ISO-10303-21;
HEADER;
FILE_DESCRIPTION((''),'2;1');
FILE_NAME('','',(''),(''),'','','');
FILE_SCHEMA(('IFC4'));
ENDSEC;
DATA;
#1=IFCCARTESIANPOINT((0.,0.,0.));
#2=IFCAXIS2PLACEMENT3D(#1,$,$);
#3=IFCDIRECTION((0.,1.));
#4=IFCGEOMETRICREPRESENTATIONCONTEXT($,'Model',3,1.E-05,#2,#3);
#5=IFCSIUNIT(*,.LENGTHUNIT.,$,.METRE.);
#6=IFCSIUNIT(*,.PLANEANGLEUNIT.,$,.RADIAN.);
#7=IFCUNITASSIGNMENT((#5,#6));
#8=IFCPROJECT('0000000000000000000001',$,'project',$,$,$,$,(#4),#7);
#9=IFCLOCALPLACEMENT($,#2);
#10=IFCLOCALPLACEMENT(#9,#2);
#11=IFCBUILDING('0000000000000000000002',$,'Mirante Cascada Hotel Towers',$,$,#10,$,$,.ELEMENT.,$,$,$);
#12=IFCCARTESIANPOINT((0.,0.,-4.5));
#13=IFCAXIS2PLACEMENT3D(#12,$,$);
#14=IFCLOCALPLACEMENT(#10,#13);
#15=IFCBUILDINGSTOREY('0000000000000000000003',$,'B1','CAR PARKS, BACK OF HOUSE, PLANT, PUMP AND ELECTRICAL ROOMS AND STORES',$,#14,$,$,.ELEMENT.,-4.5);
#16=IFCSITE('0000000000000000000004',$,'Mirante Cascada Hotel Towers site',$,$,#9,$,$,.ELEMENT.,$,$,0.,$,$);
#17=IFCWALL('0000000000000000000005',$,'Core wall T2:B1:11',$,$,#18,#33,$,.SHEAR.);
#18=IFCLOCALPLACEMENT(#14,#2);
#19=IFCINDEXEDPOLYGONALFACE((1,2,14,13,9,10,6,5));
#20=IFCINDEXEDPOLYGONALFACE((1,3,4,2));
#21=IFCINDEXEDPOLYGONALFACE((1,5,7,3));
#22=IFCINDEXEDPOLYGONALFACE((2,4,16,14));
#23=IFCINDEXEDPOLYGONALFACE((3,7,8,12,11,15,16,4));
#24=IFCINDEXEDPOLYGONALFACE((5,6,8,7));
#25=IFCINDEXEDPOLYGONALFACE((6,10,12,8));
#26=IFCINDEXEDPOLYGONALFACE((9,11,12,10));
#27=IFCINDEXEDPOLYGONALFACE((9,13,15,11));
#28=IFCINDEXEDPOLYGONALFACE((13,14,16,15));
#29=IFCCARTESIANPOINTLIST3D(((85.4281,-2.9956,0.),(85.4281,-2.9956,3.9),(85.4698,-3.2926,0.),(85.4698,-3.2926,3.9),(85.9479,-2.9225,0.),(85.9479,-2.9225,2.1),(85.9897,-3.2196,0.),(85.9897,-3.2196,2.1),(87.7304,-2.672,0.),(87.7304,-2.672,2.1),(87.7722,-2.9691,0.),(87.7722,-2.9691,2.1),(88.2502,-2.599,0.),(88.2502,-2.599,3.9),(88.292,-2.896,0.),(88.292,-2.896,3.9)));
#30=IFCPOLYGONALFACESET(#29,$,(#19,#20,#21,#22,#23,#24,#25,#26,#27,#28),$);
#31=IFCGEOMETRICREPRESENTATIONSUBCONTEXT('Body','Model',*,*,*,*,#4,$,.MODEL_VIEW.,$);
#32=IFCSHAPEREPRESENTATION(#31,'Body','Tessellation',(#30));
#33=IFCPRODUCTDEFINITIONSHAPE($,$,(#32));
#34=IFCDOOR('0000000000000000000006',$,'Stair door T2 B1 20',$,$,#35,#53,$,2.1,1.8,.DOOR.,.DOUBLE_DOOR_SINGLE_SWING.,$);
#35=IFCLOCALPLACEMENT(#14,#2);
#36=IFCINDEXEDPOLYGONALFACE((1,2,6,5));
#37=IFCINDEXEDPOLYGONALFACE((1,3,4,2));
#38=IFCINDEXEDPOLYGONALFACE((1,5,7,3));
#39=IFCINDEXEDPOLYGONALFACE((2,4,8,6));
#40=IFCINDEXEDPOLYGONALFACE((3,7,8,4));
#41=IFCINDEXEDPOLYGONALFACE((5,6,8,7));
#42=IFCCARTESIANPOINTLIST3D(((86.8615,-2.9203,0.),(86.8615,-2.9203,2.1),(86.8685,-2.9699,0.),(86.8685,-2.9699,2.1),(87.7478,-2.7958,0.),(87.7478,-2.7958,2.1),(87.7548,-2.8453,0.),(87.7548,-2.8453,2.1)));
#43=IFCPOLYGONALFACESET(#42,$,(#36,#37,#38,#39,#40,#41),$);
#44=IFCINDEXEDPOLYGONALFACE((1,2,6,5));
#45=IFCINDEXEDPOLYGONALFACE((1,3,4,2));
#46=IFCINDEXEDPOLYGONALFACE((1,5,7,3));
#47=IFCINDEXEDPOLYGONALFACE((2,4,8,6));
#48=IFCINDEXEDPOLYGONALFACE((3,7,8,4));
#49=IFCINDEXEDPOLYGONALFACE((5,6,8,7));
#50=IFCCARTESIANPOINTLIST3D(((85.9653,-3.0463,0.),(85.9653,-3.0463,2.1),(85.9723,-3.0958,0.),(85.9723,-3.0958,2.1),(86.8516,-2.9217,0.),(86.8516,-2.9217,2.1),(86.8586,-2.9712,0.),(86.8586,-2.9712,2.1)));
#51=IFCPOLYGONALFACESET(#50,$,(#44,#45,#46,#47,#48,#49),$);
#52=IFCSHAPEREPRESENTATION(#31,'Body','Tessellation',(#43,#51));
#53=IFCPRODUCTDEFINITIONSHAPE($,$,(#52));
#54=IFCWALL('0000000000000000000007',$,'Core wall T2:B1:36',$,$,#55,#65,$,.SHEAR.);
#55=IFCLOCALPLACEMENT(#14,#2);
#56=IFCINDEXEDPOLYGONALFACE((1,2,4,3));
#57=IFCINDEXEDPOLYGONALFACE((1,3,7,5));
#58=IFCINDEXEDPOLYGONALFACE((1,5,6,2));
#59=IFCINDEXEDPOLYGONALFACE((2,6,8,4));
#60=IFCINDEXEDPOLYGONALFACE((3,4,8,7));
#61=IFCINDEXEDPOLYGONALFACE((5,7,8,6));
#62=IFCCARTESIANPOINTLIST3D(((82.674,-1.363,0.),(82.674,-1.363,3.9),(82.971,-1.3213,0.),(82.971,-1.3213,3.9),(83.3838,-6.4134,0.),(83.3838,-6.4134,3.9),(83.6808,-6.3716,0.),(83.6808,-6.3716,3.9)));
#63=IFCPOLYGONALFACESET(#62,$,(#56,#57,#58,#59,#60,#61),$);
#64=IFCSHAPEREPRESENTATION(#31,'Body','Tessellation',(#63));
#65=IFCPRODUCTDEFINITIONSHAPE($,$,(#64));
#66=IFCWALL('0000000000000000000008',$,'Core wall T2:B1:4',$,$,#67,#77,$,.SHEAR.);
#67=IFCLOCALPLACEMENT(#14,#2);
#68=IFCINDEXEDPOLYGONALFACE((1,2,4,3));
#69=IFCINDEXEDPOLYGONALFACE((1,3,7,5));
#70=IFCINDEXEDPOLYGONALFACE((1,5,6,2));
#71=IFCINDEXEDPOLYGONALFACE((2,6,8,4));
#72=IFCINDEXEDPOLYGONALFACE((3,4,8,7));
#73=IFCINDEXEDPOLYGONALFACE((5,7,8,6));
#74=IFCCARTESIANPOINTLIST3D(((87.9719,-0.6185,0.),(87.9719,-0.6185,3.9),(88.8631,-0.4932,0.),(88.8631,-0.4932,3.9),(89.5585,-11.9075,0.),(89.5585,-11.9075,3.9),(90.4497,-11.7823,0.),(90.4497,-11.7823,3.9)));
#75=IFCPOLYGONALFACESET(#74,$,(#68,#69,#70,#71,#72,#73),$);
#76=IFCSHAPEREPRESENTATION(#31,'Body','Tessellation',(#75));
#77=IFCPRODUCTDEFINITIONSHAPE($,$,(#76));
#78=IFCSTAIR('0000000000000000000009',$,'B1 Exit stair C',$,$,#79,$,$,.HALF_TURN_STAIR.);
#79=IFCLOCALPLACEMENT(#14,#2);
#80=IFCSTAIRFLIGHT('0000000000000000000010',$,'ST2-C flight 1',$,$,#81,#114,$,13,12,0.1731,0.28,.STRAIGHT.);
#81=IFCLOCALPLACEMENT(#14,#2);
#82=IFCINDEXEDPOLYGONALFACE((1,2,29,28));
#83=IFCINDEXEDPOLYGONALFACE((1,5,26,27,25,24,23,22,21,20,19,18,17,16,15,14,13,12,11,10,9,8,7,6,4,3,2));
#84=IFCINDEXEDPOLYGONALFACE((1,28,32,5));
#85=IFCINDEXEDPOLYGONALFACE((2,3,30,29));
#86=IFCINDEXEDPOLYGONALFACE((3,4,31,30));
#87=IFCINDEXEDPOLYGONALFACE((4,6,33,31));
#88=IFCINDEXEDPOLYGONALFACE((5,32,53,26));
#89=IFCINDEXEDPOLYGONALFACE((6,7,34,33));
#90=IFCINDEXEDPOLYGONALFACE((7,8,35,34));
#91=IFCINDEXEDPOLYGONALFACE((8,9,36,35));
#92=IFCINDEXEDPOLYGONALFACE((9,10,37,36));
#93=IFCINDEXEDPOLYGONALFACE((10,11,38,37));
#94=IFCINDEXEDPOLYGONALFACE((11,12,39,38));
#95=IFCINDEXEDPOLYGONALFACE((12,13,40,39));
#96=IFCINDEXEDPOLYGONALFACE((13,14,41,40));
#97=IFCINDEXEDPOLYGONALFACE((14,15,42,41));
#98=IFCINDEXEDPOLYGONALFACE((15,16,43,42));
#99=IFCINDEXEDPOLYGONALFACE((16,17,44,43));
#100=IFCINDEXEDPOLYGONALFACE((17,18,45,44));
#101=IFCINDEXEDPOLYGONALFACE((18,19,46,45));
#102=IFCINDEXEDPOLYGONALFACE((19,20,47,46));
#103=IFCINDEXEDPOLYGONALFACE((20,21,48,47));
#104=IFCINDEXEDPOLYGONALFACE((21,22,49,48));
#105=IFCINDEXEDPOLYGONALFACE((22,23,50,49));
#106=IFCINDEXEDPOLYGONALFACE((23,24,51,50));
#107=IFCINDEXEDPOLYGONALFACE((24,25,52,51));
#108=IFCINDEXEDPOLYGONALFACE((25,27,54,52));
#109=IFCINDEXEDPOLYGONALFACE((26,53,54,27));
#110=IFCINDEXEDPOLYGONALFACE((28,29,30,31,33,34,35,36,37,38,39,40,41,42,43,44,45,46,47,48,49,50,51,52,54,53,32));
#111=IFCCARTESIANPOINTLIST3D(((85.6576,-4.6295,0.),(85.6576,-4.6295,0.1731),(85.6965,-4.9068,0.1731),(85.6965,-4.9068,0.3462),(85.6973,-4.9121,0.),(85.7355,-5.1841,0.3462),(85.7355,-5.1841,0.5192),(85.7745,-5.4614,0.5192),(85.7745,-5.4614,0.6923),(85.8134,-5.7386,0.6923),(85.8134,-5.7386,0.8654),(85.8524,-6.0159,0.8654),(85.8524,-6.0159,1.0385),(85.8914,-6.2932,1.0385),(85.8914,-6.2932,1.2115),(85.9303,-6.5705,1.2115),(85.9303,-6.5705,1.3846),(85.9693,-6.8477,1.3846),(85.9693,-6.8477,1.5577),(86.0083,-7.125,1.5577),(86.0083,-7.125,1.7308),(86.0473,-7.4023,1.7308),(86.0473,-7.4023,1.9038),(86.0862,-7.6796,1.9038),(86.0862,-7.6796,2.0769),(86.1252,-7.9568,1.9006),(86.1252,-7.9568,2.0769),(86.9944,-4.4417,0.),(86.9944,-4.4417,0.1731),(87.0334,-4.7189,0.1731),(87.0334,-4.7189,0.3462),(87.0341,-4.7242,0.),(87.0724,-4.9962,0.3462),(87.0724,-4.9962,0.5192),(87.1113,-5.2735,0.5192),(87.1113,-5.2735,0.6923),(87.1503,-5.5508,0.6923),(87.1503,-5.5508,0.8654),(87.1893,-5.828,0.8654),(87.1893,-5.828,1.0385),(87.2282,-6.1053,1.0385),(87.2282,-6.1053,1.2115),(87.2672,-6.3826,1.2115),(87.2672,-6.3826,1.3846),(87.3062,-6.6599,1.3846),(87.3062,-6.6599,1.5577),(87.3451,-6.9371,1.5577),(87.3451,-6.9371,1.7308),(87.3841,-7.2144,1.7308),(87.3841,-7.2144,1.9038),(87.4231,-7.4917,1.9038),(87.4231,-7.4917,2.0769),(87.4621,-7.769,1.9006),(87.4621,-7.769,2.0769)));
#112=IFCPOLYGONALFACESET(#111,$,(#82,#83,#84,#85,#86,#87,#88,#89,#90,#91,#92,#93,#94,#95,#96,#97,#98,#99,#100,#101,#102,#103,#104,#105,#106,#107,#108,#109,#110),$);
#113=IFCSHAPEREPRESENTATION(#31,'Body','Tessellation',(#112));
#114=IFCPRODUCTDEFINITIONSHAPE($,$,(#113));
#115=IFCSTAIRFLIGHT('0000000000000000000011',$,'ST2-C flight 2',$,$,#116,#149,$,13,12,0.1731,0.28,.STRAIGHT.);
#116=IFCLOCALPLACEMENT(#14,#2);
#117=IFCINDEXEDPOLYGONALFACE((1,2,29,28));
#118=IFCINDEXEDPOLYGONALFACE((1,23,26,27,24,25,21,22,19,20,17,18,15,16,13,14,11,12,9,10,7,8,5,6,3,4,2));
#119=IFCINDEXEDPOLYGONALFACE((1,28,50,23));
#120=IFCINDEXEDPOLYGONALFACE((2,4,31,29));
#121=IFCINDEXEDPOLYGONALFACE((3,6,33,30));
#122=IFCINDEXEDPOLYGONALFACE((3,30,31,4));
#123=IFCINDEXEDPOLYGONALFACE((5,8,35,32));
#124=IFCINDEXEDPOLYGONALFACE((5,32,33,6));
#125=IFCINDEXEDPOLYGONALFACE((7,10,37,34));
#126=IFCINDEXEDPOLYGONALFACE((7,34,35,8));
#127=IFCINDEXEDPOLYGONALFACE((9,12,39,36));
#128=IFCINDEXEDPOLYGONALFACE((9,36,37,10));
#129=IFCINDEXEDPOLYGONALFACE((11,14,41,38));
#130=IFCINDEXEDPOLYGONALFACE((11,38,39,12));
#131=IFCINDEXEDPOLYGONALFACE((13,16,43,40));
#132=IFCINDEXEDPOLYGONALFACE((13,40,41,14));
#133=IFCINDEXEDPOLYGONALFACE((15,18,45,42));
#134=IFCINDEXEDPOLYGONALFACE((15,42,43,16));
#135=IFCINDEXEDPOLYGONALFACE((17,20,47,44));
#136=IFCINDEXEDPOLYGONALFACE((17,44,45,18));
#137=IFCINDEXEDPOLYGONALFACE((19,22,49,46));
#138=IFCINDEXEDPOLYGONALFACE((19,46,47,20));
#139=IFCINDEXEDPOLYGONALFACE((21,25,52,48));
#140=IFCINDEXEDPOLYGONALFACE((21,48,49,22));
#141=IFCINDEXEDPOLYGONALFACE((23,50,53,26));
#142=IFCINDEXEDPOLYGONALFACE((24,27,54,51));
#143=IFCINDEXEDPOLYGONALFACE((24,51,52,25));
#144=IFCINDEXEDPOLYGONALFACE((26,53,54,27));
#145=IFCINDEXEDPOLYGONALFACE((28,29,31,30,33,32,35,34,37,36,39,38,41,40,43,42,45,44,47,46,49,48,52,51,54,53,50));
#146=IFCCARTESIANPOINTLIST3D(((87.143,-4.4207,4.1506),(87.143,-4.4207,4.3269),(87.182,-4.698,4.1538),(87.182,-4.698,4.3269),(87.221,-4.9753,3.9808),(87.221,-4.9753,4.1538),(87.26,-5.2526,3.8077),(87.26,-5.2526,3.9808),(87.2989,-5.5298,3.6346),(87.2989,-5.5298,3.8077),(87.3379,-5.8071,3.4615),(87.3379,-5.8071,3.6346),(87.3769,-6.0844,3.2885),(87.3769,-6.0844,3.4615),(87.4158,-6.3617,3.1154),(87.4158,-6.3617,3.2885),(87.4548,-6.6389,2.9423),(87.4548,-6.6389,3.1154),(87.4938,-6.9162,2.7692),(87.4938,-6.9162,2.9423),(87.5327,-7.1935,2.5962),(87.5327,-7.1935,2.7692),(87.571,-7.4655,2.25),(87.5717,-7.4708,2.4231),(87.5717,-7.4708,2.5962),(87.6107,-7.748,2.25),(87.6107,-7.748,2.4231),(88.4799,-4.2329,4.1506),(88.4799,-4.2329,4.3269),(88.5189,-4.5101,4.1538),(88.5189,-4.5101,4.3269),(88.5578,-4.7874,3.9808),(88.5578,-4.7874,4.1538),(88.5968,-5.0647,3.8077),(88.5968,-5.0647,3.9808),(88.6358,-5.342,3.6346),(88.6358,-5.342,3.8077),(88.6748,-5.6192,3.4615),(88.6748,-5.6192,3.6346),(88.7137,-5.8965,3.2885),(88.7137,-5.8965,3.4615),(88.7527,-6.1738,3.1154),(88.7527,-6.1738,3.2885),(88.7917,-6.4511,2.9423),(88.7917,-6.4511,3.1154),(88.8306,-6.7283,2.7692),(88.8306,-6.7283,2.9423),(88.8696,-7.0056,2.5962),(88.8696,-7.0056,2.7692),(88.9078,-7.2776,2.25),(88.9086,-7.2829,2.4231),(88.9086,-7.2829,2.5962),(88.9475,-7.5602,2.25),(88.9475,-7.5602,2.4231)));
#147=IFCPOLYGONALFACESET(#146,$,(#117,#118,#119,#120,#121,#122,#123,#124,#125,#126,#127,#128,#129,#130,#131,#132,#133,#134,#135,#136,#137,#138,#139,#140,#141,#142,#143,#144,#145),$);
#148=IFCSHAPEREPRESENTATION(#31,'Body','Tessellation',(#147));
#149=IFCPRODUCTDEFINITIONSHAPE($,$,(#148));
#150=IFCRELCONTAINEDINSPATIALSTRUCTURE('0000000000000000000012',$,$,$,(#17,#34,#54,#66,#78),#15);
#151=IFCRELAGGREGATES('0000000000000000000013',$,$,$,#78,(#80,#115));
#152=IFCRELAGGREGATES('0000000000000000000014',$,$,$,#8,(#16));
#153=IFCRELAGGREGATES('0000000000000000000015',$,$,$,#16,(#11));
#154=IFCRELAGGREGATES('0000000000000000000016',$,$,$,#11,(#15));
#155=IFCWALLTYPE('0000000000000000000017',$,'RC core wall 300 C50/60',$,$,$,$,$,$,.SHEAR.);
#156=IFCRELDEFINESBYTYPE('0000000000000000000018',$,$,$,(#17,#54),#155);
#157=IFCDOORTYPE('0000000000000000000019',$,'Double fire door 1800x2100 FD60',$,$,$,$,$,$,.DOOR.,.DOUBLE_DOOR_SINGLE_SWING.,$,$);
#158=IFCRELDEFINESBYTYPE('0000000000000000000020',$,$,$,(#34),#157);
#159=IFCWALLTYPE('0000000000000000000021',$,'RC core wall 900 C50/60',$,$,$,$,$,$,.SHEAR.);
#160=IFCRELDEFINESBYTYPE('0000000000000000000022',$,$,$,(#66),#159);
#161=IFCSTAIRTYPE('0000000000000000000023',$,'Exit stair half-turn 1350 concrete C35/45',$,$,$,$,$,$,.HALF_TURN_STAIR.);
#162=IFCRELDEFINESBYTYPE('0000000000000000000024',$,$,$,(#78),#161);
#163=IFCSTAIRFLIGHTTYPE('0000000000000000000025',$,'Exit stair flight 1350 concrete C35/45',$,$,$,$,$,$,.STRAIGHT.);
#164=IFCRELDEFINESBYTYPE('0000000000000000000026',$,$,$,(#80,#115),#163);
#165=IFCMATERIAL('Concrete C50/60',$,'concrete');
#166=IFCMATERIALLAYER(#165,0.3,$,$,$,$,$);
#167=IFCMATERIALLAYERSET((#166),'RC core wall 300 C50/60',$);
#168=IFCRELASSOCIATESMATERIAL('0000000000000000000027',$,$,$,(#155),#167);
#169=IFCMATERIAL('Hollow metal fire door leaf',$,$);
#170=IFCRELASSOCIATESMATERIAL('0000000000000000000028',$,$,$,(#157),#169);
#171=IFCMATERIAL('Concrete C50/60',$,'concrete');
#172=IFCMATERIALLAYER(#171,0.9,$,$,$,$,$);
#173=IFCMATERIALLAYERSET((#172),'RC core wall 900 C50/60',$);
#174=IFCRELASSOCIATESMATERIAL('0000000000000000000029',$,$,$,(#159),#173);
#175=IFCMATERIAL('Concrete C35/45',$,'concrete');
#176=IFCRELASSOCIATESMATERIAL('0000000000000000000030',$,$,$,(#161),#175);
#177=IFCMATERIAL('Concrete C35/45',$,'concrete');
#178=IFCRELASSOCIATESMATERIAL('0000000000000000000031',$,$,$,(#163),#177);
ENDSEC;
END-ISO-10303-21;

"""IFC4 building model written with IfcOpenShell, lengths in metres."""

from ifc_helpers import new_model, si_unit, direction, frame, frame_2d, origin, place, context, subcontext, project, spatial, polyline, rectangle, outline, extrude, material, layer, layer_set, type_object, element, fill, aggregate, save


model = new_model("IFC4")

# Units and contexts
model_context = context("Model", 3, precision=1e-05, world=origin(), true_north=direction((0.0, 1.0)))
body_context = subcontext(model_context, "Body", "Model", "MODEL_VIEW")
ifc_project = project(units=[si_unit("LENGTHUNIT", "METRE"), si_unit("PLANEANGLEUNIT", "RADIAN")], contexts=[model_context])

# Site, building, storey
site_placement = place(None, origin())
site = spatial("IfcSite", under=ifc_project, at=site_placement, Name="Mirante Cascada Hotel Towers site", CompositionType="ELEMENT", RefElevation=0.0)
building_placement = place(site_placement, origin())
building = spatial("IfcBuilding", under=site, at=building_placement, Name="Mirante Cascada Hotel Towers", CompositionType="ELEMENT")
storey_placement = place(building_placement, frame((0.0, 0.0, -4.5)))
storey = spatial("IfcBuildingStorey", under=building, at=storey_placement, Name="B1", Description="CAR PARKS, BACK OF HOUSE, PLANT, PUMP AND ELECTRICAL ROOMS AND STORES", CompositionType="ELEMENT", Elevation=-4.5)

# Wall, opening, door
ifc_material_1 = material(Name="Concrete C50/60", Category="concrete")
ifc_layer_1 = layer(ifc_material_1, 0.3)
ifc_layer_set_1 = layer_set([ifc_layer_1], Name="RC core wall 300 C50/60")
wall_type_1 = type_object("IfcWallType", Name="RC core wall 300 C50/60", PredefinedType="SHEAR", material=ifc_layer_set_1)
wall_1_placement = place(storey_placement, frame((85.4489, -3.1441, 0.0), z_axis=(0.0, 0.0, 1.0), x_axis=(0.99027, 0.139161, 0.0)))
wall_1 = element("IfcWall", 1, at=wall_1_placement, inside=storey, type_object=wall_type_1, Name="Core wall T2:B1:11", PredefinedType="SHEAR", context=body_context, shape_type="SweptSolid", body=[
    extrude(rectangle(XDim=2.8499, YDim=0.3, at=frame_2d((1.425, 0.0))), origin(), (0.0, 0.0, 1.0), 3.9),
])
opening_placement = place(wall_1_placement, frame((0.525, 0.0, 0.0)))
opening = element("IfcOpeningElement", 2, at=opening_placement, cuts=wall_1, PredefinedType="OPENING", context=body_context, shape_type="SweptSolid", body=[
    extrude(rectangle(XDim=1.8, YDim=2.1, at=frame_2d((0.9, 1.05))), frame((0.0, 0.15, 0.0), z_axis=(0.0, -1.0, 0.0), x_axis=(1.0, 0.0, 0.0)), (0.0, 0.0, 1.0), 0.3),
])
ifc_material_2 = material(Name="Hollow metal fire door leaf")
door_type = type_object("IfcDoorType", Name="Double fire door 1800x2100 FD60", OperationType="DOUBLE_DOOR_SINGLE_SWING", PredefinedType="DOOR", material=ifc_material_2)
door_placement = place(opening_placement, frame((1.8, 0.0, 0.0), z_axis=(0.0, 0.0, 1.0), x_axis=(-1.0, 0.0, 0.0)))
door = element("IfcDoor", 3, at=door_placement, inside=storey, type_object=door_type, Name="Stair door T2 B1 20", OperationType="DOUBLE_DOOR_SINGLE_SWING", OverallHeight=2.1, OverallWidth=1.8, PredefinedType="DOOR", context=body_context, shape_type="SweptSolid", body=[
    extrude(rectangle(XDim=0.895, YDim=2.1, at=frame_2d((0.4475, 1.05))), frame((0.0, 0.025, 0.0), z_axis=(0.0, -1.0, 0.0), x_axis=(1.0, 0.0, 0.0)), (0.0, 0.0, 1.0), 0.05),
    extrude(rectangle(XDim=0.895, YDim=2.1, at=frame_2d((1.3525, 1.05))), frame((0.0, 0.025, 0.0), z_axis=(0.0, -1.0, 0.0), x_axis=(1.0, 0.0, 0.0)), (0.0, 0.0, 1.0), 0.05),
])
fill(opening, door)

# Walls
wall_2_placement = place(storey_placement, frame((83.5323, -6.3925, 0.0), z_axis=(0.0, 0.0, 1.0), x_axis=(-0.139176, 0.990268, 0.0)))
element("IfcWall", 4, at=wall_2_placement, inside=storey, type_object=wall_type_1, Name="Core wall T2:B1:36", PredefinedType="SHEAR", context=body_context, shape_type="SweptSolid", body=[
    extrude(rectangle(XDim=5.1, YDim=0.3, at=frame_2d((2.55, 0.0))), origin(), (0.0, 0.0, 1.0), 3.9),
])
ifc_material_3 = material(Name="Concrete C50/60", Category="concrete")
ifc_layer_2 = layer(ifc_material_3, 0.9)
ifc_layer_set_2 = layer_set([ifc_layer_2], Name="RC core wall 900 C50/60")
wall_type_2 = type_object("IfcWallType", Name="RC core wall 900 C50/60", PredefinedType="SHEAR", material=ifc_layer_set_2)
wall_3_placement = place(storey_placement, frame((90.0041, -11.8449, 0.0), z_axis=(0.0, 0.0, 1.0), x_axis=(-0.139175, 0.990268, 0.0)))
element("IfcWall", 5, at=wall_3_placement, inside=storey, type_object=wall_type_2, Name="Core wall T2:B1:4", PredefinedType="SHEAR", context=body_context, shape_type="SweptSolid", body=[
    extrude(rectangle(XDim=11.4, YDim=0.9, at=frame_2d((5.7, 0.0))), origin(), (0.0, 0.0, 1.0), 3.9),
])

# Stair, stair flights
ifc_material_4 = material(Name="Concrete C35/45", Category="concrete")
stair_type = type_object("IfcStairType", Name="Exit stair half-turn 1350 concrete C35/45", PredefinedType="HALF_TURN_STAIR", material=ifc_material_4)
stair_placement = place(storey_placement, origin())
stair = element("IfcStair", 6, at=stair_placement, inside=storey, type_object=stair_type, Name="B1 Exit stair C", PredefinedType="HALF_TURN_STAIR")
ifc_material_5 = material(Name="Concrete C35/45", Category="concrete")
stair_flight_type = type_object("IfcStairFlightType", Name="Exit stair flight 1350 concrete C35/45", PredefinedType="STRAIGHT", material=ifc_material_5)
stair_flight_1_placement = place(storey_placement, frame((86.326, -4.5356, 0.0), z_axis=(0.0, 0.0, 1.0), x_axis=(0.139173, -0.990268, 0.0)))
stair_flight_1 = element("IfcStairFlight", 7, at=stair_flight_1_placement, type_object=stair_flight_type, Name="ST2-C flight 1", NumberOfRisers=13, NumberOfTreads=12, PredefinedType="STRAIGHT", RiserHeight=0.1731, TreadLength=0.28, context=body_context, shape_type="SweptSolid", body=[
    extrude(outline(polyline([(0.0, 0.0), (0.0, 0.1731), (0.28, 0.1731), (0.28, 0.3462), (0.56, 0.3462), (0.56, 0.5192), (0.84, 0.5192), (0.84, 0.6923), (1.12, 0.6923), (1.12, 0.8654), (1.4, 0.8654), (1.4, 1.0385), (1.68, 1.0385), (1.68, 1.2115), (1.96, 1.2115), (1.96, 1.3846), (2.24, 1.3846), (2.24, 1.5577), (2.52, 1.5577), (2.52, 1.7308), (2.8, 1.7308), (2.8, 1.9038), (3.08, 1.9038), (3.08, 2.0769), (3.36, 2.0769), (3.36, 2.25), (3.36, 1.9006), (0.2853, 0.0), (0.0, 0.0)])), frame((0.0, 0.675, 0.0), z_axis=(0.0, -1.0, 0.0), x_axis=(1.0, 0.0, 0.0)), (0.0, 0.0, 1.0), 1.35),
])
stair_flight_2_placement = place(storey_placement, frame((88.2791, -7.6541, 2.25), z_axis=(0.0, 0.0, 1.0), x_axis=(-0.139173, 0.990268, 0.0)))
stair_flight_2 = element("IfcStairFlight", 8, at=stair_flight_2_placement, type_object=stair_flight_type, Name="ST2-C flight 2", NumberOfRisers=13, NumberOfTreads=12, PredefinedType="STRAIGHT", RiserHeight=0.1731, TreadLength=0.28, context=body_context, shape_type="SweptSolid", body=[
    extrude(outline(polyline([(0.0, 0.0), (0.0, 0.1731), (0.28, 0.1731), (0.28, 0.3462), (0.56, 0.3462), (0.56, 0.5192), (0.84, 0.5192), (0.84, 0.6923), (1.12, 0.6923), (1.12, 0.8654), (1.4, 0.8654), (1.4, 1.0385), (1.68, 1.0385), (1.68, 1.2115), (1.96, 1.2115), (1.96, 1.3846), (2.24, 1.3846), (2.24, 1.5577), (2.52, 1.5577), (2.52, 1.7308), (2.8, 1.7308), (2.8, 1.9038), (3.08, 1.9038), (3.08, 2.0769), (3.36, 2.0769), (3.36, 2.25), (3.36, 1.9006), (0.2853, 0.0), (0.0, 0.0)])), frame((0.0, 0.675, 0.0), z_axis=(0.0, -1.0, 0.0), x_axis=(1.0, 0.0, 0.0)), (0.0, 0.0, 1.0), 1.35),
])
aggregate(stair, [stair_flight_1, stair_flight_2])

save(model, "model.ifc")
